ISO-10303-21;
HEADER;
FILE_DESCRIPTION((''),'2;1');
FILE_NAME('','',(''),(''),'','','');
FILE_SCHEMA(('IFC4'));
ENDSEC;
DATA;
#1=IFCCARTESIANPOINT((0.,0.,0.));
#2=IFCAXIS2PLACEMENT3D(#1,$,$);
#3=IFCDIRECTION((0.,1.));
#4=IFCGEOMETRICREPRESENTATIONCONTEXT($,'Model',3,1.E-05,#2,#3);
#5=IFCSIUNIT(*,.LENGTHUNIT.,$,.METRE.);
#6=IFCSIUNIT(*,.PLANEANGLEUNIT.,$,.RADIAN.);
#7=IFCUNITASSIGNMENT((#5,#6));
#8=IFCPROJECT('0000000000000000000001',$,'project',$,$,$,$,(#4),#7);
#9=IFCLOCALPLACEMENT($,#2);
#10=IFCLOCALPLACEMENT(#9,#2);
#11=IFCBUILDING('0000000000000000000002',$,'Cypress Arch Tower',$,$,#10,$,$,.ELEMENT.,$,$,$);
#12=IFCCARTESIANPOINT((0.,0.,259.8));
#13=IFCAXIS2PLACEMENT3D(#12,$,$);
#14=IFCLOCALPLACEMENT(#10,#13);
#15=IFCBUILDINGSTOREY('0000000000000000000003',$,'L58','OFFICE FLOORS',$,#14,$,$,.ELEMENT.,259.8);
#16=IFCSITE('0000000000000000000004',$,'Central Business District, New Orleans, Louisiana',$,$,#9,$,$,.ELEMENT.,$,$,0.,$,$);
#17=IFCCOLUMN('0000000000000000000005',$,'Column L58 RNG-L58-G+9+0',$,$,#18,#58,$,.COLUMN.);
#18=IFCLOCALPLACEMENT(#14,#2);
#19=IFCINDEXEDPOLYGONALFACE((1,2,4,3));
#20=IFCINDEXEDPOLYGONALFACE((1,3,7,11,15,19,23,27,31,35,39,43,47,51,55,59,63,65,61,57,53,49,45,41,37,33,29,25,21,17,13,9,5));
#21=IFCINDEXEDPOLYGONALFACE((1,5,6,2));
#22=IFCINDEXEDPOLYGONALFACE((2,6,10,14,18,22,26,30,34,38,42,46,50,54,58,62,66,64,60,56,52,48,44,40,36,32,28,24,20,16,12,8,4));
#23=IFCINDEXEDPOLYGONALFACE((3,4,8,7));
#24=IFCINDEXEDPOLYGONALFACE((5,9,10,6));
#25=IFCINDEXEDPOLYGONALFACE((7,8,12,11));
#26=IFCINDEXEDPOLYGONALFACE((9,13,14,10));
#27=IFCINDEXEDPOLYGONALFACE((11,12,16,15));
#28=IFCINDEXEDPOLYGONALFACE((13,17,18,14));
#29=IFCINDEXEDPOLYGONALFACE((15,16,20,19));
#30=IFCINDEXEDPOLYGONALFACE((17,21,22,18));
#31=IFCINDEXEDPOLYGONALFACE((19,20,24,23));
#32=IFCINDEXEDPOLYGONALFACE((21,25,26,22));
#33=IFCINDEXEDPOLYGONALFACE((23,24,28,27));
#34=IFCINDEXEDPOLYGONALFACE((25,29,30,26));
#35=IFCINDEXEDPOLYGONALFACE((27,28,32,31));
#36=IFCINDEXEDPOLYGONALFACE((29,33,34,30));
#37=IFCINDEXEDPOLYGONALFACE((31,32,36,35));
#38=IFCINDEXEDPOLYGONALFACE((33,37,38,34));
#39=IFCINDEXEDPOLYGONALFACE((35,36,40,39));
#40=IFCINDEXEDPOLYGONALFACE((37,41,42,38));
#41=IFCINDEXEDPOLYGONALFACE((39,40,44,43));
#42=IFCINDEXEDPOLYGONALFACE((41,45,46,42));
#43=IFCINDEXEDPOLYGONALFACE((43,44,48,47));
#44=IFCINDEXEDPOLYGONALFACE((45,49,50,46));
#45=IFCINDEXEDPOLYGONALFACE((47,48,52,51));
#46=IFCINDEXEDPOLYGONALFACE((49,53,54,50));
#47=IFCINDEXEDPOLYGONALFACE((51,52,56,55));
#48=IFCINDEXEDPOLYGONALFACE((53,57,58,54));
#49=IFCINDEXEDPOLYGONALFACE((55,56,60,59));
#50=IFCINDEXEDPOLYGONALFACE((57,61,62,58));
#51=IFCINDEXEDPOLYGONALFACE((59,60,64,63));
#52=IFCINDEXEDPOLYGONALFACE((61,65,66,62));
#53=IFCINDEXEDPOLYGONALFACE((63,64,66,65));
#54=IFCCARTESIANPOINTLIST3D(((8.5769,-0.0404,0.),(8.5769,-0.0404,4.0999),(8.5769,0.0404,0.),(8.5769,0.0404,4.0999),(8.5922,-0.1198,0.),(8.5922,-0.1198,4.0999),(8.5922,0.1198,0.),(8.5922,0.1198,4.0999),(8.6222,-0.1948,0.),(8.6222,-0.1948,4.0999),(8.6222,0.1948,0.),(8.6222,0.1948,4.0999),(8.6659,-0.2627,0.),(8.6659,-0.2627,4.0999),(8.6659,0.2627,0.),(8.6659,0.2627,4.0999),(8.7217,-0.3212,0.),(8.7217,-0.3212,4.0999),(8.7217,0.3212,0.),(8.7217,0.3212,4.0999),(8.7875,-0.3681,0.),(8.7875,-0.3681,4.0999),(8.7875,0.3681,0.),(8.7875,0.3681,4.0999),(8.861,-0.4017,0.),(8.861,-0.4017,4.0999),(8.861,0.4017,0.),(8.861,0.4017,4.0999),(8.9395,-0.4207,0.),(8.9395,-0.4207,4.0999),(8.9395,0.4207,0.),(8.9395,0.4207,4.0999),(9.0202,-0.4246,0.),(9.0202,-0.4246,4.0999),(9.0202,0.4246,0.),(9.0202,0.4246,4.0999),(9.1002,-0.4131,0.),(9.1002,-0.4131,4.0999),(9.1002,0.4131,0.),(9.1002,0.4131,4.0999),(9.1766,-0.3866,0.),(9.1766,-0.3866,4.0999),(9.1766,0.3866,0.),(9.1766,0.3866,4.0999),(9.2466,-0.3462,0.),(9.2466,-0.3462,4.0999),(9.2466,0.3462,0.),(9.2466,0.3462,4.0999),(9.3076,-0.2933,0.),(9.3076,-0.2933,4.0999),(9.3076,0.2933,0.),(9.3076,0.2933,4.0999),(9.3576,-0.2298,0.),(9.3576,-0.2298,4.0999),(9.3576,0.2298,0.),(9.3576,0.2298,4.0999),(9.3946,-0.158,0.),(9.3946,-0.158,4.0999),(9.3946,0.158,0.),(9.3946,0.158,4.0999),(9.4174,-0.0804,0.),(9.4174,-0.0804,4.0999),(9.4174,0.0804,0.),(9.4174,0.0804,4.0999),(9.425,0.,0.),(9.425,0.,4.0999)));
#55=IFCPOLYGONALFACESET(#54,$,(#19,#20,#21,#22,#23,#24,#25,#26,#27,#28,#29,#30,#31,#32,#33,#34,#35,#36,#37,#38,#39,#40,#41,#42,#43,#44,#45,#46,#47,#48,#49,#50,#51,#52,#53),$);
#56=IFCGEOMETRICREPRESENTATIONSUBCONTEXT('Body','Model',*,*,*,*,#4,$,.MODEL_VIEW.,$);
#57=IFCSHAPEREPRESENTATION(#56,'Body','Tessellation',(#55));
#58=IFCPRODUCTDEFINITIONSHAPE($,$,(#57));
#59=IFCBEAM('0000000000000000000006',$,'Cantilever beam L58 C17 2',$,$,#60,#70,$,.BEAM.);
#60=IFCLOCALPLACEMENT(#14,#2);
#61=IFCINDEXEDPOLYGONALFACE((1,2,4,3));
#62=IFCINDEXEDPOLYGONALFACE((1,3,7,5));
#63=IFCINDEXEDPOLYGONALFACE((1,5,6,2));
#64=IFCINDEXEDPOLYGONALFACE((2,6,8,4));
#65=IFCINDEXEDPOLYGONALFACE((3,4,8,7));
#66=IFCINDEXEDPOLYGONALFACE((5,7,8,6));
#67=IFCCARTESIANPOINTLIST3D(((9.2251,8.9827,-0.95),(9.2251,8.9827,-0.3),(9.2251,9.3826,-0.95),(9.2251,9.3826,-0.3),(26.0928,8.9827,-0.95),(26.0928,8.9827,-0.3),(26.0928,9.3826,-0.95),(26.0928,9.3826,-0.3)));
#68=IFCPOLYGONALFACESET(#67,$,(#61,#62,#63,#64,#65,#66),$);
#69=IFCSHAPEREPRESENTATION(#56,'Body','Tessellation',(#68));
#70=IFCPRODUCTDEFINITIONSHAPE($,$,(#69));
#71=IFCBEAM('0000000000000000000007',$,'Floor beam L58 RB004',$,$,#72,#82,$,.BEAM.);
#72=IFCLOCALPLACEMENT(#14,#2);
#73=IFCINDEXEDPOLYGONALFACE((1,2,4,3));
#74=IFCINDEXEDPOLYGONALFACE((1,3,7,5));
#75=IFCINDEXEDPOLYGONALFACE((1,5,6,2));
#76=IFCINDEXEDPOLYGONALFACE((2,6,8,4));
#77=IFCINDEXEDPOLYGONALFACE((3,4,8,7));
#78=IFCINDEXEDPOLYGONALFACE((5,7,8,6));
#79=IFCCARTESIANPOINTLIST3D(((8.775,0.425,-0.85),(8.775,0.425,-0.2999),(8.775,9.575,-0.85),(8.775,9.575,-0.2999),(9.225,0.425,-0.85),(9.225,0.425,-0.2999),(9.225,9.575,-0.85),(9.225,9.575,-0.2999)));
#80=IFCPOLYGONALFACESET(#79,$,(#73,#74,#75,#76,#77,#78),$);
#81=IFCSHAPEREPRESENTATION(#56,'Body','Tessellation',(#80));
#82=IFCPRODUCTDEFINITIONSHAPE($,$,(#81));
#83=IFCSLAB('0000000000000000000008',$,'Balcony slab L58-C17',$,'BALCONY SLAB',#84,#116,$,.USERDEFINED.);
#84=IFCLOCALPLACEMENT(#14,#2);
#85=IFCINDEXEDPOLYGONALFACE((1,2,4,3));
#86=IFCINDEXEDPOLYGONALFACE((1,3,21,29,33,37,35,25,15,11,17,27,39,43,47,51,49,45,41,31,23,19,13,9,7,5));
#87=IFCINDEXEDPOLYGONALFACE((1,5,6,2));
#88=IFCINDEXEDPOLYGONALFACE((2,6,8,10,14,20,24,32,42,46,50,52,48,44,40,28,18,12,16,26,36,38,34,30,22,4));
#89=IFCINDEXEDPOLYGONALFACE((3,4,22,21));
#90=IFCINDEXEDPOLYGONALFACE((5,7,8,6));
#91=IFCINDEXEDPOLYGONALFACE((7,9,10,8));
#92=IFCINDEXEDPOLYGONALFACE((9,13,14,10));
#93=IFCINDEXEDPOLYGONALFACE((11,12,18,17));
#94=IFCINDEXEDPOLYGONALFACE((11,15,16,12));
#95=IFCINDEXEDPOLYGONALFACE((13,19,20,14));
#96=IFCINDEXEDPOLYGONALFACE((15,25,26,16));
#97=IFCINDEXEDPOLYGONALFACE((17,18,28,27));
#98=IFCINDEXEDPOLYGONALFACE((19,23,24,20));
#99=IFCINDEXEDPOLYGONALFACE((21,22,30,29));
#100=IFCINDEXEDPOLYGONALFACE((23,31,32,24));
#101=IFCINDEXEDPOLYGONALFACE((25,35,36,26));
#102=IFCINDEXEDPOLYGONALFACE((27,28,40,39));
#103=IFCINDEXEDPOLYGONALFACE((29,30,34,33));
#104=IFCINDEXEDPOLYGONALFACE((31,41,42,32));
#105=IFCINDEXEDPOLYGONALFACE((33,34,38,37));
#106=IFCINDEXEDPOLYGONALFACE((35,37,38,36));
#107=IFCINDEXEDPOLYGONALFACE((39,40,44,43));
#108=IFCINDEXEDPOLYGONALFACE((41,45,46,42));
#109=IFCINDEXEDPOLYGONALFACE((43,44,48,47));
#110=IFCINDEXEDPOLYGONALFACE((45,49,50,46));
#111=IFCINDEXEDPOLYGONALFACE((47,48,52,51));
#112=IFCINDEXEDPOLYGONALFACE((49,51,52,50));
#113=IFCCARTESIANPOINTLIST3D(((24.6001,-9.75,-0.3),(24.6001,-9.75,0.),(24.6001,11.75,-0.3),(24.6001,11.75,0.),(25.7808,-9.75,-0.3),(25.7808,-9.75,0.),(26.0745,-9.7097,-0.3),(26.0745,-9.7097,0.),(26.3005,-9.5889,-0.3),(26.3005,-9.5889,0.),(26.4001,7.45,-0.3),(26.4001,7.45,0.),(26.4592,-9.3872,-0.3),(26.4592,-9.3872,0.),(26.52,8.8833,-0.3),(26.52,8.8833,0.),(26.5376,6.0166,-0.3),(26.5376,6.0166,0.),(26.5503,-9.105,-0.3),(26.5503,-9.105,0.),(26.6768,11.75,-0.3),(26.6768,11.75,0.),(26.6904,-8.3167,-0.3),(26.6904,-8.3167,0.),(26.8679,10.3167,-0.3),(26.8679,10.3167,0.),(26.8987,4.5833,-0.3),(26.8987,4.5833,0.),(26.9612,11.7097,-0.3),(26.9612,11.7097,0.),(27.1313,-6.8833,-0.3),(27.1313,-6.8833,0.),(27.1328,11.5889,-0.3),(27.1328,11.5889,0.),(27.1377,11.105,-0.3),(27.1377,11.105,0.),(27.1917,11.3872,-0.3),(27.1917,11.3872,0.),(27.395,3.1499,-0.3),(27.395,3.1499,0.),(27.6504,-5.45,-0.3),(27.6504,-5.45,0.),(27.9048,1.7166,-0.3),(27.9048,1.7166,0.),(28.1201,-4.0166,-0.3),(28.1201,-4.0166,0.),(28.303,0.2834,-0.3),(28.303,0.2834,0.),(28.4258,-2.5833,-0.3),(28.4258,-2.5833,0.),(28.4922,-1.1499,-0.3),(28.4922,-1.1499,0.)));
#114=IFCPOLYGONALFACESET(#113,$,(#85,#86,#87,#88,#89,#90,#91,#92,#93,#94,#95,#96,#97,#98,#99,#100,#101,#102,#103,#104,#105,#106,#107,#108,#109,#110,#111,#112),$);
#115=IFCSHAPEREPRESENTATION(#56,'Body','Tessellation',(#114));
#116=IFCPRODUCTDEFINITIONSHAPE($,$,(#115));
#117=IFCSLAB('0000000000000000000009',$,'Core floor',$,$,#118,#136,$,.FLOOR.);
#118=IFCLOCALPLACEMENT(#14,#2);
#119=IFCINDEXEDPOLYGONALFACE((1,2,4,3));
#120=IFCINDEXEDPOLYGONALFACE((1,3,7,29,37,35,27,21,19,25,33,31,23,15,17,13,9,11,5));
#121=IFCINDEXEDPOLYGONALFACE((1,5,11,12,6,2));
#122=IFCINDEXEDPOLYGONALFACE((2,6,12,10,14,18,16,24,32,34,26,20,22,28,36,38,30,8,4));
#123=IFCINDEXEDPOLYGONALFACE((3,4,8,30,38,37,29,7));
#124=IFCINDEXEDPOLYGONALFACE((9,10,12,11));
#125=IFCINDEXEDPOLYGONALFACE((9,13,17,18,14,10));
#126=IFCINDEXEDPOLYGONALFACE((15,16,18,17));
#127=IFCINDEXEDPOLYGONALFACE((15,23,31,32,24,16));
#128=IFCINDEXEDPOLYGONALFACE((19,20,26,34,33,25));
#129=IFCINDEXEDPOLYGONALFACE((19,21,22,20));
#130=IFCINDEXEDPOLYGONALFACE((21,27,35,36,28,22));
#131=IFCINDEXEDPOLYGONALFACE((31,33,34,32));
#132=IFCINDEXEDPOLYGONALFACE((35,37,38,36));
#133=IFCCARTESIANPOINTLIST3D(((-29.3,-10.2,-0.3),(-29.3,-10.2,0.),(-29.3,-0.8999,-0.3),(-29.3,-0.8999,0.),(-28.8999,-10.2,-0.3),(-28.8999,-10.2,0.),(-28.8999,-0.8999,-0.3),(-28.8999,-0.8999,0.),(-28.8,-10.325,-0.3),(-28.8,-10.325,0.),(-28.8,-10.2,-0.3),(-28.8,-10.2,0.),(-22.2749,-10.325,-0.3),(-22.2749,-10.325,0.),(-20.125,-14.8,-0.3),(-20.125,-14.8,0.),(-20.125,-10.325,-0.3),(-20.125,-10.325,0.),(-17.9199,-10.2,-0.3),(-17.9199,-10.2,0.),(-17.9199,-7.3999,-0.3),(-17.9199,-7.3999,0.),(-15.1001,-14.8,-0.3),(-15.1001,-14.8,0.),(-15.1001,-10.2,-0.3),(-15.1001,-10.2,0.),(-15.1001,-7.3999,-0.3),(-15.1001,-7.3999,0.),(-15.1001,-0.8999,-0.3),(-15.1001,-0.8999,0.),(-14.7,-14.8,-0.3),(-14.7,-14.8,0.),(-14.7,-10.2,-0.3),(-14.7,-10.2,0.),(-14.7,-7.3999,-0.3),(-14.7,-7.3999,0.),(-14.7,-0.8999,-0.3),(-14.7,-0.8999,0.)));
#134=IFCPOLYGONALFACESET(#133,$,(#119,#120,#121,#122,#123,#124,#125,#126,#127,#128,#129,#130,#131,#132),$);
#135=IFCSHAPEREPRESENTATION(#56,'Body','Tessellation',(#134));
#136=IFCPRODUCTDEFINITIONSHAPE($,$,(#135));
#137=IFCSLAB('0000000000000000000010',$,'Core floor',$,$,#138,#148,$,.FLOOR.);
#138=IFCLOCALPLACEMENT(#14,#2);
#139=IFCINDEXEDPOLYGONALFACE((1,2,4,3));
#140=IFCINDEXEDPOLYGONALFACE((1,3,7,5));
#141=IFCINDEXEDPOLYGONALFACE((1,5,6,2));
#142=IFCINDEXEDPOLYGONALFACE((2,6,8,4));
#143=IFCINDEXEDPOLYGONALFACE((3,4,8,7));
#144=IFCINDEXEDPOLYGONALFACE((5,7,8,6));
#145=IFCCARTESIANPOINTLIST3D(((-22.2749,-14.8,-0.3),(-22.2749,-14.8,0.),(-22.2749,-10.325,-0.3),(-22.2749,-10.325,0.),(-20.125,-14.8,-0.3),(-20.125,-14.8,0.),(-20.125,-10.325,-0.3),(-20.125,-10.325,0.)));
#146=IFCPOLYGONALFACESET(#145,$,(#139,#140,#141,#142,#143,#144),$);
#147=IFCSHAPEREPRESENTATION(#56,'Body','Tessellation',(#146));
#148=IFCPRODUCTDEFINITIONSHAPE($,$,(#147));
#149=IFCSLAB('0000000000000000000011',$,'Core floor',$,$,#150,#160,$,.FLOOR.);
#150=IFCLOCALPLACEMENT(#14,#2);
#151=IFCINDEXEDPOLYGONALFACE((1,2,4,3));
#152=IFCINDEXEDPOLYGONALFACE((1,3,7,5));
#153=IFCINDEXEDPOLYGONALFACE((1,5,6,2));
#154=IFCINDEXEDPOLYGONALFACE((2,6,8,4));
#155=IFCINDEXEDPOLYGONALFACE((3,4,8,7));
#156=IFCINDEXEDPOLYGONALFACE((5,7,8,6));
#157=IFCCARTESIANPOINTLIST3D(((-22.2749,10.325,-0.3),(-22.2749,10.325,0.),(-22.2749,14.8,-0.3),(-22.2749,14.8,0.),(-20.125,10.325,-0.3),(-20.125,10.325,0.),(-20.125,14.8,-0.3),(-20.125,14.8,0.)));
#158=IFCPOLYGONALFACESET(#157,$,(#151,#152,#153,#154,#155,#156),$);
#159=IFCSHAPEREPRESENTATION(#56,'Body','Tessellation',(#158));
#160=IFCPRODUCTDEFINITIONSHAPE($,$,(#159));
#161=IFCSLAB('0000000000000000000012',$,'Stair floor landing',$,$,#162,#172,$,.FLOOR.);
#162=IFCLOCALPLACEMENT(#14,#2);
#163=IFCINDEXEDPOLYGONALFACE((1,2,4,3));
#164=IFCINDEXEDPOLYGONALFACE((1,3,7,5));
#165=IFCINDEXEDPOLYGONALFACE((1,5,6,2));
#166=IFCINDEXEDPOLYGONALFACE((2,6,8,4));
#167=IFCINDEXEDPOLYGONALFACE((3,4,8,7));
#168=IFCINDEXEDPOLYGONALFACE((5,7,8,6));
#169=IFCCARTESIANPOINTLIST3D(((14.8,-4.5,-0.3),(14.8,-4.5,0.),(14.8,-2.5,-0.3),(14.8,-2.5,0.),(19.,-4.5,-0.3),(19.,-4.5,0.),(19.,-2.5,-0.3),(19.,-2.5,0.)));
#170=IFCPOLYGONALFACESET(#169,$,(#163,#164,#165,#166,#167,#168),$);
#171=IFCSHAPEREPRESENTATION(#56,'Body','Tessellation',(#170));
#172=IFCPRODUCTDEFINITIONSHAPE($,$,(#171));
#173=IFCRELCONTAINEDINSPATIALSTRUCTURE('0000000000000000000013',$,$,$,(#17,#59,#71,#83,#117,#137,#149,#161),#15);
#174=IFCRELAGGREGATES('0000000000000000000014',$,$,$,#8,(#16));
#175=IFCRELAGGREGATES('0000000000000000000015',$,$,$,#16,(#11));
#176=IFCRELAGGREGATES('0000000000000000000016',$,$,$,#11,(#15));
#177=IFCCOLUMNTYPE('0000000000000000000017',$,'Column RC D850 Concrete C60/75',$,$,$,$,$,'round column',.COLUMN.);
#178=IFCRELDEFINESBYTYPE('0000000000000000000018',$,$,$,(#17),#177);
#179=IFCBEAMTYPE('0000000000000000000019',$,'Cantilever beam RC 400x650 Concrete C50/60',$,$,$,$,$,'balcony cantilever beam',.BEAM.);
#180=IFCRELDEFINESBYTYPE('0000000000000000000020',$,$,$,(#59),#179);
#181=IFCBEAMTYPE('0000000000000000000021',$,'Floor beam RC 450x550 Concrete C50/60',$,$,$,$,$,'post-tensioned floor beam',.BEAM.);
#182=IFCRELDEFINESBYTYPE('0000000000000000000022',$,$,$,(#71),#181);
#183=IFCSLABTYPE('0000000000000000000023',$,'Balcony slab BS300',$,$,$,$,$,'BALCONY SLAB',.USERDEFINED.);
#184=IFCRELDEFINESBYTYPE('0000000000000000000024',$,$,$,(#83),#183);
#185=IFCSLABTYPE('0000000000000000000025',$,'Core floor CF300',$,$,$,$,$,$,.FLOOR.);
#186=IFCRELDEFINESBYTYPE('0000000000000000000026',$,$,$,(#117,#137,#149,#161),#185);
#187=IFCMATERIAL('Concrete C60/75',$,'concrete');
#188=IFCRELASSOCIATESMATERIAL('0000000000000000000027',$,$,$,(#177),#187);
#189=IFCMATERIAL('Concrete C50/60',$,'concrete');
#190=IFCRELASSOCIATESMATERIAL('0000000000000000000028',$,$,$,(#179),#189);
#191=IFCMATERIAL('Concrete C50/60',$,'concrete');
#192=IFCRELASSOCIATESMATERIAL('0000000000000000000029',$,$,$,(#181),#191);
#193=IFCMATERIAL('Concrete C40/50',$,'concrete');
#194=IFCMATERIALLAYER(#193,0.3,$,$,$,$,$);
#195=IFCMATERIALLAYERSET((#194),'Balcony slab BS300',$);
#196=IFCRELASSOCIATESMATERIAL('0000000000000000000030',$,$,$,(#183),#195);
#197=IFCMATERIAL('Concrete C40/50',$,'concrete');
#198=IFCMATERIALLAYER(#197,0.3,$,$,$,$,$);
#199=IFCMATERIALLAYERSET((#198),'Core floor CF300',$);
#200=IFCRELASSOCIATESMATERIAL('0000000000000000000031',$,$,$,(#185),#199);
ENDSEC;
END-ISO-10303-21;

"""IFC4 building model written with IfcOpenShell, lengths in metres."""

from ifc_helpers import new_model, si_unit, direction, frame, origin, origin_2d, place, context, subcontext, project, spatial, polyline, rectangle, circle, outline, extrude, material, layer, layer_set, material_profile, profile_set, type_object, element, save


model = new_model("IFC4")

# Units and contexts
model_context = context("Model", 3, precision=1e-05, world=origin(), true_north=direction((0.0, 1.0)))
body_context = subcontext(model_context, "Body", "Model", "MODEL_VIEW")
ifc_project = project(units=[si_unit("LENGTHUNIT", "METRE"), si_unit("PLANEANGLEUNIT", "RADIAN")], contexts=[model_context])

# Site, building, storey
site_placement = place(None, origin())
site = spatial("IfcSite", under=ifc_project, at=site_placement, Name="Central Business District, New Orleans, Louisiana", CompositionType="ELEMENT", RefElevation=0.0)
building_placement = place(site_placement, origin())
building = spatial("IfcBuilding", under=site, at=building_placement, Name="Cypress Arch Tower", CompositionType="ELEMENT")
storey_placement = place(building_placement, frame((0.0, 0.0, 259.8)))
storey = spatial("IfcBuildingStorey", under=building, at=storey_placement, Name="L58", Description="OFFICE FLOORS", CompositionType="ELEMENT", Elevation=259.8)

# Column
ifc_material_1 = material(Name="Concrete C60/75", Category="concrete")
ifc_material_profile_1 = material_profile(ifc_material_1, circle(Radius=0.425, at=origin_2d()), Name="RC D850")
ifc_profile_set_1 = profile_set([ifc_material_profile_1], Name="Concrete C60/75")
column_type = type_object("IfcColumnType", Name="Column RC D850 Concrete C60/75", ElementType="round column", PredefinedType="COLUMN", material=ifc_profile_set_1)
column_placement = place(storey_placement, frame((9.0, 0.0, 0.0), z_axis=(0.0, 0.0, 1.0), x_axis=(1.0, 0.0, 0.0)))
element("IfcColumn", 1, at=column_placement, inside=storey, type_object=column_type, Name="Column L58 RNG-L58-G+9+0", PredefinedType="COLUMN", context=body_context, shape_type="SweptSolid", body=[
    extrude(circle(Radius=0.425, at=origin_2d()), origin(), (0.0, 0.0, 1.0), 4.0999),
])

# Beams
ifc_material_2 = material(Name="Concrete C50/60", Category="concrete")
ifc_material_profile_2 = material_profile(ifc_material_2, rectangle(XDim=0.3999, YDim=0.6499, at=origin_2d()), Name="RC 400x650")
ifc_profile_set_2 = profile_set([ifc_material_profile_2], Name="Concrete C50/60")
beam_type_1 = type_object("IfcBeamType", Name="Cantilever beam RC 400x650 Concrete C50/60", ElementType="balcony cantilever beam", PredefinedType="BEAM", material=ifc_profile_set_2)
beam_1_placement = place(storey_placement, frame((9.2251, 9.1826, -0.625), z_axis=(1.0, 0.0, 0.0), x_axis=(0.0, 1.0, 0.0)))
element("IfcBeam", 2, at=beam_1_placement, inside=storey, type_object=beam_type_1, Name="Cantilever beam L58 C17 2", PredefinedType="BEAM", context=body_context, shape_type="SweptSolid", body=[
    extrude(rectangle(XDim=0.3999, YDim=0.6499, at=origin_2d()), origin(), (0.0, 0.0, 1.0), 16.8677),
])
ifc_material_3 = material(Name="Concrete C50/60", Category="concrete")
ifc_material_profile_3 = material_profile(ifc_material_3, rectangle(XDim=0.45, YDim=0.55, at=origin_2d()), Name="RC 450x550")
ifc_profile_set_3 = profile_set([ifc_material_profile_3], Name="Concrete C50/60")
beam_type_2 = type_object("IfcBeamType", Name="Floor beam RC 450x550 Concrete C50/60", ElementType="post-tensioned floor beam", PredefinedType="BEAM", material=ifc_profile_set_3)
beam_2_placement = place(storey_placement, frame((9.0, 0.425, -0.575), z_axis=(0.0, 1.0, 0.0), x_axis=(-1.0, 0.0, 0.0)))
element("IfcBeam", 3, at=beam_2_placement, inside=storey, type_object=beam_type_2, Name="Floor beam L58 RB004", PredefinedType="BEAM", context=body_context, shape_type="SweptSolid", body=[
    extrude(rectangle(XDim=0.45, YDim=0.55, at=origin_2d()), origin(), (0.0, 0.0, 1.0), 9.1499),
])

# Slabs
ifc_material_4 = material(Name="Concrete C40/50", Category="concrete")
ifc_layer_1 = layer(ifc_material_4, 0.3)
ifc_layer_set_1 = layer_set([ifc_layer_1], Name="Balcony slab BS300")
slab_type_1 = type_object("IfcSlabType", Name="Balcony slab BS300", ElementType="BALCONY SLAB", PredefinedType="USERDEFINED", material=ifc_layer_set_1)
slab_1_placement = place(storey_placement, frame((0.0, 0.0, -0.3)))
element("IfcSlab", 4, at=slab_1_placement, inside=storey, type_object=slab_type_1, Name="Balcony slab L58-C17", ObjectType="BALCONY SLAB", PredefinedType="USERDEFINED", context=body_context, shape_type="SweptSolid", body=[
    extrude(outline(polyline([(24.6001, -9.75), (25.7808, -9.75), (26.0745, -9.7097), (26.3005, -9.5889), (26.4592, -9.3872), (26.5503, -9.105), (26.6904, -8.3167), (27.1313, -6.8833), (27.6504, -5.45), (28.1201, -4.0166), (28.4258, -2.5833), (28.4922, -1.1499), (28.303, 0.2834), (27.9048, 1.7166), (27.395, 3.1499), (26.8987, 4.5833), (26.5376, 6.0166), (26.4001, 7.45), (26.52, 8.8833), (26.8679, 10.3167), (27.1377, 11.105), (27.1917, 11.3872), (27.1328, 11.5889), (26.9612, 11.7097), (26.6768, 11.75), (24.6001, 11.75), (24.6001, -9.75)])), origin(), (0.0, 0.0, 1.0), 0.3),
])
ifc_material_5 = material(Name="Concrete C40/50", Category="concrete")
ifc_layer_2 = layer(ifc_material_5, 0.3)
ifc_layer_set_2 = layer_set([ifc_layer_2], Name="Core floor CF300")
slab_type_2 = type_object("IfcSlabType", Name="Core floor CF300", PredefinedType="FLOOR", material=ifc_layer_set_2)
slab_2_placement = place(storey_placement, frame((0.0, 0.0, -0.3)))
element("IfcSlab", 5, at=slab_2_placement, inside=storey, type_object=slab_type_2, Name="Core floor", PredefinedType="FLOOR", context=body_context, shape_type="SweptSolid", body=[
    extrude(outline(polyline([(-28.8999, -10.2), (-29.3, -10.2), (-29.3, -0.8999), (-28.8999, -0.8999), (-15.1001, -0.8999), (-14.7, -0.8999), (-14.7, -7.3999), (-15.1001, -7.3999), (-17.9199, -7.3999), (-17.9199, -10.2), (-15.1001, -10.2), (-14.7, -10.2), (-14.7, -14.8), (-15.1001, -14.8), (-20.125, -14.8), (-20.125, -10.325), (-22.2749, -10.325), (-28.8, -10.325), (-28.8, -10.2), (-28.8999, -10.2)])), origin(), (0.0, 0.0, 1.0), 0.3),
])
slab_3_placement = place(storey_placement, frame((0.0, 0.0, -0.3)))
element("IfcSlab", 6, at=slab_3_placement, inside=storey, type_object=slab_type_2, Name="Core floor", PredefinedType="FLOOR", context=body_context, shape_type="SweptSolid", body=[
    extrude(outline(polyline([(-22.2749, -10.325), (-22.2749, -14.8), (-20.125, -14.8), (-20.125, -10.325), (-22.2749, -10.325)])), origin(), (0.0, 0.0, 1.0), 0.3),
])
slab_4_placement = place(storey_placement, frame((0.0, 0.0, -0.3)))
element("IfcSlab", 7, at=slab_4_placement, inside=storey, type_object=slab_type_2, Name="Core floor", PredefinedType="FLOOR", context=body_context, shape_type="SweptSolid", body=[
    extrude(outline(polyline([(-20.125, 14.8), (-22.2749, 14.8), (-22.2749, 10.325), (-20.125, 10.325), (-20.125, 14.8)])), origin(), (0.0, 0.0, 1.0), 0.3),
])
slab_5_placement = place(storey_placement, frame((0.0, 0.0, -0.3)))
element("IfcSlab", 8, at=slab_5_placement, inside=storey, type_object=slab_type_2, Name="Stair floor landing", PredefinedType="FLOOR", context=body_context, shape_type="SweptSolid", body=[
    extrude(outline(polyline([(19.0, -4.5), (19.0, -2.5), (14.8, -2.5), (14.8, -4.5), (19.0, -4.5)])), origin(), (0.0, 0.0, 1.0), 0.3),
])

save(model, "model.ifc")
